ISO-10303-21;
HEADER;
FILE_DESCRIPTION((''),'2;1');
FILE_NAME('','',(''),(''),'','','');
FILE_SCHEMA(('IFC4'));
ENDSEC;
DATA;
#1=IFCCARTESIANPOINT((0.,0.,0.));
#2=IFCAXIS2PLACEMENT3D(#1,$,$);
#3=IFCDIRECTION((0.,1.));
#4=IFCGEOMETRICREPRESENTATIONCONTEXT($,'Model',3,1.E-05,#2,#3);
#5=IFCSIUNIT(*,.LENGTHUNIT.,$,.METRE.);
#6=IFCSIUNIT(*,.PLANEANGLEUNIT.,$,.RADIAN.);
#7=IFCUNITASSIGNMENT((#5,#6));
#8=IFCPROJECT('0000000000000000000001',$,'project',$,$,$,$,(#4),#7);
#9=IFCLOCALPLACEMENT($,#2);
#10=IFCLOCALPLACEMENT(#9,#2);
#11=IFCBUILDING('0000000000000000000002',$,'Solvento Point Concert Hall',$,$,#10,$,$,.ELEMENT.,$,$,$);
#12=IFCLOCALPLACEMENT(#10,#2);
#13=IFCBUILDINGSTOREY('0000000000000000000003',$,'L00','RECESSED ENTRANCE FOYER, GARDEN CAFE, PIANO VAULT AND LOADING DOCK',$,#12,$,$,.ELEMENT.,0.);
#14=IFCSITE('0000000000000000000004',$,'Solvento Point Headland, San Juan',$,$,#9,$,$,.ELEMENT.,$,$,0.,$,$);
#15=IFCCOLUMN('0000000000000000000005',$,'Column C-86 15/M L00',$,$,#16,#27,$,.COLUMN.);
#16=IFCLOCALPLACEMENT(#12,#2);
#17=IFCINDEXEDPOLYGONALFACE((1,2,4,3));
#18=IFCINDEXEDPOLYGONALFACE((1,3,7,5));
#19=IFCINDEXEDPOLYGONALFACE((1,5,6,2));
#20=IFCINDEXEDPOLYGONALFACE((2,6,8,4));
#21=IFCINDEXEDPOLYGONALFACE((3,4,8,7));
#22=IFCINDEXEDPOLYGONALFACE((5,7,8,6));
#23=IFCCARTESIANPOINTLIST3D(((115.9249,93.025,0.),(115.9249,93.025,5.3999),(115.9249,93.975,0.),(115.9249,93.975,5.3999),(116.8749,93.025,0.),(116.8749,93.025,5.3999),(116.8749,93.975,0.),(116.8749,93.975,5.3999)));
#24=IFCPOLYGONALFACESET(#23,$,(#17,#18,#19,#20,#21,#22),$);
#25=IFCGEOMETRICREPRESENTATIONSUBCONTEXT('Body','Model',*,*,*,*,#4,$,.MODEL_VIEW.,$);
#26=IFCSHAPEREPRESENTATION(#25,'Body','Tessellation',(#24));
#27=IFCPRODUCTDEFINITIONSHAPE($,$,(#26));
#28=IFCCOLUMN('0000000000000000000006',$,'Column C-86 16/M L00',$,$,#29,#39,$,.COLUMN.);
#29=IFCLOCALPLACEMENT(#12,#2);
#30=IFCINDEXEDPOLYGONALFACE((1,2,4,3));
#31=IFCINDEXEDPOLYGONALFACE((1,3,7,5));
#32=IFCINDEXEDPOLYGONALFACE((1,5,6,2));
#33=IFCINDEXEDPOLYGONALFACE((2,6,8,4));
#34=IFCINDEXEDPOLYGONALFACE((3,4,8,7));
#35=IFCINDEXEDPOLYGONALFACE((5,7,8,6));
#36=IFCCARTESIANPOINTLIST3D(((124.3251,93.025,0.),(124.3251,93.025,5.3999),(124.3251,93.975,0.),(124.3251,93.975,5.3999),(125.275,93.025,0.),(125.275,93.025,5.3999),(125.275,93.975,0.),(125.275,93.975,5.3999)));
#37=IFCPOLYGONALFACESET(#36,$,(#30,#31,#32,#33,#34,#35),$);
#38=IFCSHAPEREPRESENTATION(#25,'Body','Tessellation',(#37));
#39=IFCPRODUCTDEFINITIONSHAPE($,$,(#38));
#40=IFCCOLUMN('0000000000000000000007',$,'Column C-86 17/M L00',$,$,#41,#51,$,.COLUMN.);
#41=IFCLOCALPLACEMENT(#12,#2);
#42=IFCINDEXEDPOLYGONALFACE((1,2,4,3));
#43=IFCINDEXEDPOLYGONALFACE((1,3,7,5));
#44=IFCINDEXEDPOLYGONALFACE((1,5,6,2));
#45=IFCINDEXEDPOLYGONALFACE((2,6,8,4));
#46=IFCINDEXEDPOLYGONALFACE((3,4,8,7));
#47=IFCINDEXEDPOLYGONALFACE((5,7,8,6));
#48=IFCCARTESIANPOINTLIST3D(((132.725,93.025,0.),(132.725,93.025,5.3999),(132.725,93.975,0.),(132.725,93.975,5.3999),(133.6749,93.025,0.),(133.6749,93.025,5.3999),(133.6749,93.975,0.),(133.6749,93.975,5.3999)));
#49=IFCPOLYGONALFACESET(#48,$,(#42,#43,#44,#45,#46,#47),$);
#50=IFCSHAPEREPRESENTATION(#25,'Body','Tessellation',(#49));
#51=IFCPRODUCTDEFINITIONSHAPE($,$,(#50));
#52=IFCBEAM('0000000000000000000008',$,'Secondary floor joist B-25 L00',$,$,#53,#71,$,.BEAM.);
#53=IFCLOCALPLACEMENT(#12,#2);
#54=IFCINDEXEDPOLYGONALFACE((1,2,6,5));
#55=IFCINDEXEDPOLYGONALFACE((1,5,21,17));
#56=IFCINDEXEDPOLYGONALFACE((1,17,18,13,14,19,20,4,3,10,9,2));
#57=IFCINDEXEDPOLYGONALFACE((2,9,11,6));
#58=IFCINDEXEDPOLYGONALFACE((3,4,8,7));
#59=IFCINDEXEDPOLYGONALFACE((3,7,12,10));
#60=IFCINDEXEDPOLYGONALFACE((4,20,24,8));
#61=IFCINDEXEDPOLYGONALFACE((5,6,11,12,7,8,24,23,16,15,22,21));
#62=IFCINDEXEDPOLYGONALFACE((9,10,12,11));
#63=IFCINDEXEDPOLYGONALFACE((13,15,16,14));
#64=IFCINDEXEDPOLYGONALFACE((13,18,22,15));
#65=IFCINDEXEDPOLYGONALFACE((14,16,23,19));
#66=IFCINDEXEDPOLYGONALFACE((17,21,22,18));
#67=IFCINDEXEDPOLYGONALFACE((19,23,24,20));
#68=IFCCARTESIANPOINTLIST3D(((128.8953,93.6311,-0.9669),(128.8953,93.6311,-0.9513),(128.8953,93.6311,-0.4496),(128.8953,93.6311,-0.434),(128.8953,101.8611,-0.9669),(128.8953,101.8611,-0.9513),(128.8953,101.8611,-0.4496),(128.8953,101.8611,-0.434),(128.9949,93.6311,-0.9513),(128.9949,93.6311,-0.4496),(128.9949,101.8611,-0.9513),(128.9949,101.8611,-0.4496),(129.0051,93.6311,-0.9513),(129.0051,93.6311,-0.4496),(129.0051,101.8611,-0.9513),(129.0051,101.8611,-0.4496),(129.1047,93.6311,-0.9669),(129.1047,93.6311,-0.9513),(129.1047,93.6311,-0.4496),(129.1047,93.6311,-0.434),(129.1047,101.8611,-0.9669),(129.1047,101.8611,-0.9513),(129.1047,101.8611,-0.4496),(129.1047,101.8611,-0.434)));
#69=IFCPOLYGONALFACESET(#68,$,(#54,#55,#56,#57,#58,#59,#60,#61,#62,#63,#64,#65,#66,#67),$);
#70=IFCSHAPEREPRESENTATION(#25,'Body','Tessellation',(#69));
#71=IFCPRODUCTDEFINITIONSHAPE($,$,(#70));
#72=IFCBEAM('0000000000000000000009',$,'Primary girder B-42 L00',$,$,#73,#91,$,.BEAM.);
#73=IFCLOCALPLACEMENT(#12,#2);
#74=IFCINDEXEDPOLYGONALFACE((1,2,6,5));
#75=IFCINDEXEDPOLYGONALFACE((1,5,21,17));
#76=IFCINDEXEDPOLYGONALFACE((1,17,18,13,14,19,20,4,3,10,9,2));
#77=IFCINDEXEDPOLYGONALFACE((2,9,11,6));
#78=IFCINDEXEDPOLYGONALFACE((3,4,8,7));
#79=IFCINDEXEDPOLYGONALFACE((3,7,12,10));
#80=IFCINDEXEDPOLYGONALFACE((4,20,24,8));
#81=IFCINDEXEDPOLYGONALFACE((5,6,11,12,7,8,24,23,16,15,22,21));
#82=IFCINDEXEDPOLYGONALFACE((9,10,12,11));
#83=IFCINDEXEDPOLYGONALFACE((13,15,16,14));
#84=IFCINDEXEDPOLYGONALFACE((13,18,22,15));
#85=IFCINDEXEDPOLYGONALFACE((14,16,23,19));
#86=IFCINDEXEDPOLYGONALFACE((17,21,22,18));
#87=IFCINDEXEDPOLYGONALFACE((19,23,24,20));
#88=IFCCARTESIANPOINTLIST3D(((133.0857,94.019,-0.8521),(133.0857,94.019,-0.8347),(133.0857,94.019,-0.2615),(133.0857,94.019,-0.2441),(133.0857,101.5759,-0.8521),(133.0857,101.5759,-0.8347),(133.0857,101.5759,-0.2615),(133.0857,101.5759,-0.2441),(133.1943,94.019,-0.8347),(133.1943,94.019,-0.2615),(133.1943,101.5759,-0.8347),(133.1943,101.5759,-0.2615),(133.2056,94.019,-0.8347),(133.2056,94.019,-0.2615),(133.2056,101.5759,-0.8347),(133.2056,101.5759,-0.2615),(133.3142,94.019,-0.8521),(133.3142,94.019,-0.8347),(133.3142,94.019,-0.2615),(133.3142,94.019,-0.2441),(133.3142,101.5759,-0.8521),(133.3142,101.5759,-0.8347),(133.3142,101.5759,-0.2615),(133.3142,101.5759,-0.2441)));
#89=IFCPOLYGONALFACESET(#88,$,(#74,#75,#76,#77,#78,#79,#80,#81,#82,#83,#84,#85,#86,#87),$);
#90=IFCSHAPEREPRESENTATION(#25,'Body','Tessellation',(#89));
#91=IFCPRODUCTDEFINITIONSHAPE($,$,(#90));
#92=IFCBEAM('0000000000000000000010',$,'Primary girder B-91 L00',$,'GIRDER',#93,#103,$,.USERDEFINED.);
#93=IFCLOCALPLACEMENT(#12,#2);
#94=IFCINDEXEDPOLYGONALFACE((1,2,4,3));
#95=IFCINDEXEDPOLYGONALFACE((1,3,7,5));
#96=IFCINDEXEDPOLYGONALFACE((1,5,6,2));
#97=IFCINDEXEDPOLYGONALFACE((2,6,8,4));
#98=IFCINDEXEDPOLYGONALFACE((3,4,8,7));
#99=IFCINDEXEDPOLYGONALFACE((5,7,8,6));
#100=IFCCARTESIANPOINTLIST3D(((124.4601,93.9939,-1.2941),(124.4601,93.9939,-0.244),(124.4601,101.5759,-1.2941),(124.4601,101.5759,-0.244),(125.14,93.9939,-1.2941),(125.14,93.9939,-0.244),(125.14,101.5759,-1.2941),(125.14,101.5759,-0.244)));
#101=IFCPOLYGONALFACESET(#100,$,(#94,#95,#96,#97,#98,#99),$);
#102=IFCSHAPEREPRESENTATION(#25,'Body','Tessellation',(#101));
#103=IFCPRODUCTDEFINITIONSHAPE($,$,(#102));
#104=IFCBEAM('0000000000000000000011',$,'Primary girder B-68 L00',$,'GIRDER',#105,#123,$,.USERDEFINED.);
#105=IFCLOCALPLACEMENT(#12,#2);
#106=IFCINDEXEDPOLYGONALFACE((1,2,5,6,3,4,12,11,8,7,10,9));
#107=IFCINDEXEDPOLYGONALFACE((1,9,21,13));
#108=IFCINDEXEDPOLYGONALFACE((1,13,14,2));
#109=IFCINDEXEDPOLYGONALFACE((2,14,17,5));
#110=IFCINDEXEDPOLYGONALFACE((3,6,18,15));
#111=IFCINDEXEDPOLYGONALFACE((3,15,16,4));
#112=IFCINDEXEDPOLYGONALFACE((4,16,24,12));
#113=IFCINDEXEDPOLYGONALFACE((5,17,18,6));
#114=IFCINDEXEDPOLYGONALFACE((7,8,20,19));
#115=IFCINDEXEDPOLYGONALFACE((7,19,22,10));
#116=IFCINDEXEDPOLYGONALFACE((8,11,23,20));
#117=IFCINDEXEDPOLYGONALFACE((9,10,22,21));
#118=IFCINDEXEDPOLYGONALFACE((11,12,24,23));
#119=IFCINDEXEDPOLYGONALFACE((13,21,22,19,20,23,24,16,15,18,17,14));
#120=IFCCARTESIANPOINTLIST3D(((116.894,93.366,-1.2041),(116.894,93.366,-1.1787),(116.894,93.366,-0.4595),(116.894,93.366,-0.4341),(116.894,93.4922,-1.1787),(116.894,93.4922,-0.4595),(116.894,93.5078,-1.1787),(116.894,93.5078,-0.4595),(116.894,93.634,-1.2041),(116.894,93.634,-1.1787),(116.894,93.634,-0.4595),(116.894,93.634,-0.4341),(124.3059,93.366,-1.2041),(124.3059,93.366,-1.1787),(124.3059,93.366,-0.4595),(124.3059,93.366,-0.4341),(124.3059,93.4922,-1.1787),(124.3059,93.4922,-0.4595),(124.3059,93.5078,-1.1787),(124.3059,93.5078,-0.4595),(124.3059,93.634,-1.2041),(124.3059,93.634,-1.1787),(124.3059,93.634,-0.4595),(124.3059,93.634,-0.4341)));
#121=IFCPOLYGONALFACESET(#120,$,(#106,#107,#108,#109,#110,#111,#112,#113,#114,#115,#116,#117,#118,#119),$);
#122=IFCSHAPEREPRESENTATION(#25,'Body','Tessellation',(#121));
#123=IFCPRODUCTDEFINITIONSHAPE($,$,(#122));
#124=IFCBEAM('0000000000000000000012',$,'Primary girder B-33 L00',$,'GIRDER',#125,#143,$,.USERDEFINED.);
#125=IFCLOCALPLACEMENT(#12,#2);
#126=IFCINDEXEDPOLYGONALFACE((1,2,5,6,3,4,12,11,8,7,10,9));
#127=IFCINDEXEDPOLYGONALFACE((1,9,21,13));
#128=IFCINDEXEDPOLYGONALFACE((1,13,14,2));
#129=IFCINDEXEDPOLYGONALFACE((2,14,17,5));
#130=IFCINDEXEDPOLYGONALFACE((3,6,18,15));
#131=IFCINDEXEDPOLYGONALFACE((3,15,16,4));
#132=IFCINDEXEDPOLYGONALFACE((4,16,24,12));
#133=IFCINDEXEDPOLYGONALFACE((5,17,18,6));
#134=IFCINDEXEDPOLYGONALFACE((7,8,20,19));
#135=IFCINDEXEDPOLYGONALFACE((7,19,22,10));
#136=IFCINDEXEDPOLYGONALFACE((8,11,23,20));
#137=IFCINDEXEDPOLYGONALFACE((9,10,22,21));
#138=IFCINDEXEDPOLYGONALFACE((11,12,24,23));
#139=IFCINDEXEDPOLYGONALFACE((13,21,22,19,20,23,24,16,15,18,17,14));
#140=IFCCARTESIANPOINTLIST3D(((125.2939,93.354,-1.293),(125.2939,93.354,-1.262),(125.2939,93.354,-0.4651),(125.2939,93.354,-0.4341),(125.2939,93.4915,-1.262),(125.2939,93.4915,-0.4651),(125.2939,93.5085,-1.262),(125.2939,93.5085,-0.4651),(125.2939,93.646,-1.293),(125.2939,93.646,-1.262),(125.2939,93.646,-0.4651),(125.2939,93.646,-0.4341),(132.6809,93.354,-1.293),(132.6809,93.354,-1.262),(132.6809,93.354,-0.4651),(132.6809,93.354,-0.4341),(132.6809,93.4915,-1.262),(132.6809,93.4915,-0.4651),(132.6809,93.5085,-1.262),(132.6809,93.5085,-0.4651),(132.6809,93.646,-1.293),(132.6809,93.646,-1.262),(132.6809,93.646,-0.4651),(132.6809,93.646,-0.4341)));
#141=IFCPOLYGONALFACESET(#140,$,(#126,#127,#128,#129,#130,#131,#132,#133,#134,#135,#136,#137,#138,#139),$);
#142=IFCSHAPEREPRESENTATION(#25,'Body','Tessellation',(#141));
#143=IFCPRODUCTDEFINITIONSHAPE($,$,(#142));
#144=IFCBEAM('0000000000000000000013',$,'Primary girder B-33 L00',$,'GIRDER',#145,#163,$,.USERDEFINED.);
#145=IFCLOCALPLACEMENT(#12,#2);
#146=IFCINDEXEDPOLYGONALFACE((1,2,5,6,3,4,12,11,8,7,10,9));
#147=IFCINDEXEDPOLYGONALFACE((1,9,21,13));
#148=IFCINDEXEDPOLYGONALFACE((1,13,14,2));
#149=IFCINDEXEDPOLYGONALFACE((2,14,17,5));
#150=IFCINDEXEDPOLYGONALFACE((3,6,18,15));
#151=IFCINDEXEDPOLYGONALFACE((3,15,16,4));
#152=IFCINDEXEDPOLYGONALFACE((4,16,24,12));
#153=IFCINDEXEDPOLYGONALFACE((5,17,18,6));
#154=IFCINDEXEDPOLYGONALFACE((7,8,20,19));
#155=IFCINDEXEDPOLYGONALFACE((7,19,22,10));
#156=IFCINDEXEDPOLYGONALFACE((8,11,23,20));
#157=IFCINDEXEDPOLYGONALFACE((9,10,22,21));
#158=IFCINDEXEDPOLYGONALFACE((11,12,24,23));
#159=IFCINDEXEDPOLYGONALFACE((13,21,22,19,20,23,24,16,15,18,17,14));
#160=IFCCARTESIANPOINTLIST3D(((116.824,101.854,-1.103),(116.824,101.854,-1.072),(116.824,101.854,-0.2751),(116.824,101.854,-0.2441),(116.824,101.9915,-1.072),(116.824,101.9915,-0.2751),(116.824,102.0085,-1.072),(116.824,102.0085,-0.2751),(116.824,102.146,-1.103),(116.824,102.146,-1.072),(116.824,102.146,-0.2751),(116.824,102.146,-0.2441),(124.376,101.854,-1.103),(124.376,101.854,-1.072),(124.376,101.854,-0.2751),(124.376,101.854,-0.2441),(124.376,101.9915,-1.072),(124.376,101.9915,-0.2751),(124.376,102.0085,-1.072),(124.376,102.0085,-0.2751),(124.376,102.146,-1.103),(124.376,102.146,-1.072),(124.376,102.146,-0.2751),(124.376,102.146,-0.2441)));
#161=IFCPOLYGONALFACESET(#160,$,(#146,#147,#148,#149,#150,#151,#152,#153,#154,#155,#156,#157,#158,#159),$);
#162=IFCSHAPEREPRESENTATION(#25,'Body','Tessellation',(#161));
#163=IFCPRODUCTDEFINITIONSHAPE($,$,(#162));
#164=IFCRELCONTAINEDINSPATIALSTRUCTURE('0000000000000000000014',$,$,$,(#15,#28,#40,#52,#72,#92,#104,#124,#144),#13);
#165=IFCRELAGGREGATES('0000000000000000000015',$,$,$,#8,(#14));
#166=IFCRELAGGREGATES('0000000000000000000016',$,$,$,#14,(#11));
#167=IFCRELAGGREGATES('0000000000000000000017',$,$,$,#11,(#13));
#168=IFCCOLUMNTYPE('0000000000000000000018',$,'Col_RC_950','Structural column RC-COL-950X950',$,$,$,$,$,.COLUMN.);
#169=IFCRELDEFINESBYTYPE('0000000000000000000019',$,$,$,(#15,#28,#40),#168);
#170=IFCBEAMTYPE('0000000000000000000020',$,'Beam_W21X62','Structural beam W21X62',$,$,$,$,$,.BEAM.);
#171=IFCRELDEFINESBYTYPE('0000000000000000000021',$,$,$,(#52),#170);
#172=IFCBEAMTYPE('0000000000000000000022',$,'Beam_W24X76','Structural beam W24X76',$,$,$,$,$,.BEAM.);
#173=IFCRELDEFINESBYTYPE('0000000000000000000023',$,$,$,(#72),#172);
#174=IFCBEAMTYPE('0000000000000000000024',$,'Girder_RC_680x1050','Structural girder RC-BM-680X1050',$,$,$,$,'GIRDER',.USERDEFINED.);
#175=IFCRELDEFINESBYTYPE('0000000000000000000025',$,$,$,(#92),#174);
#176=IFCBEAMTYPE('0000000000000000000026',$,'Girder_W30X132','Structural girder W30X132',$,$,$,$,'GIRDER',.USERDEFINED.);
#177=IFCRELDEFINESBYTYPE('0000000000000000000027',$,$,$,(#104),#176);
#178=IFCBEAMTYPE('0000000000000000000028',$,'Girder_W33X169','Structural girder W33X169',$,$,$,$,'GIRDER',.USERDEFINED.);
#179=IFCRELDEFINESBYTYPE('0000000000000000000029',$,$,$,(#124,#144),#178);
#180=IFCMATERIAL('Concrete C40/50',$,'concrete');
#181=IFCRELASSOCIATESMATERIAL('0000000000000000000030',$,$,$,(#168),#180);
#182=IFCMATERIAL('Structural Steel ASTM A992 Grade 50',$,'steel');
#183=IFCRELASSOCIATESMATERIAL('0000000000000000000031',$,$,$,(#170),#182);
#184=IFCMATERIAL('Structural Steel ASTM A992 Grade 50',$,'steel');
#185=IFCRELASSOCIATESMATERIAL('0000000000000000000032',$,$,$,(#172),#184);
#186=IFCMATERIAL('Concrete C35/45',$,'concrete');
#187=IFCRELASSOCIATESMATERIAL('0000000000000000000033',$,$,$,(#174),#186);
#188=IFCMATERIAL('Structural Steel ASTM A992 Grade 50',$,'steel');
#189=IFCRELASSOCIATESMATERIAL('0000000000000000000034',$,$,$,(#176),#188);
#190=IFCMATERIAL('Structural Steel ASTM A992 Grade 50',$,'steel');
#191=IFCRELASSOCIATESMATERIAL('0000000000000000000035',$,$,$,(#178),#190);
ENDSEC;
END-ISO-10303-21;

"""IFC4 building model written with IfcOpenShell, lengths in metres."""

from ifc_helpers import new_model, si_unit, direction, frame, origin, origin_2d, place, context, subcontext, project, spatial, rectangle, i_section, extrude, material, material_profile, profile_set, type_object, element, save


model = new_model("IFC4")

# Units and contexts
model_context = context("Model", 3, precision=1e-05, world=origin(), true_north=direction((0.0, 1.0)))
body_context = subcontext(model_context, "Body", "Model", "MODEL_VIEW")
ifc_project = project(units=[si_unit("LENGTHUNIT", "METRE"), si_unit("PLANEANGLEUNIT", "RADIAN")], contexts=[model_context])

# Site, building, storey
site_placement = place(None, origin())
site = spatial("IfcSite", under=ifc_project, at=site_placement, Name="Solvento Point Headland, San Juan", CompositionType="ELEMENT", RefElevation=0.0)
building_placement = place(site_placement, origin())
building = spatial("IfcBuilding", under=site, at=building_placement, Name="Solvento Point Concert Hall", CompositionType="ELEMENT")
storey_placement = place(building_placement, origin())
storey = spatial("IfcBuildingStorey", under=building, at=storey_placement, Name="L00", Description="RECESSED ENTRANCE FOYER, GARDEN CAFE, PIANO VAULT AND LOADING DOCK", CompositionType="ELEMENT", Elevation=0.0)

# Columns
ifc_material_1 = material(Name="Concrete C40/50", Category="concrete")
ifc_material_profile_1 = material_profile(ifc_material_1, rectangle(XDim=0.95, YDim=0.95, at=origin_2d()), Name="RC-COL-950X950")
ifc_profile_set_1 = profile_set([ifc_material_profile_1], Name="Concrete C40/50")
column_type = type_object("IfcColumnType", Name="Col_RC_950", Description="Structural column RC-COL-950X950", PredefinedType="COLUMN", material=ifc_profile_set_1)
for number, where, z_axis, x_axis, name in (
    (1, (116.3999, 93.5, 0.0), (0.0, 0.0, 1.0), (1.0, 0.0, 0.0), "Column C-86 15/M L00"),
    (2, (124.8, 93.5, 0.0), (0.0, 0.0, 1.0), (1.0, 0.0, 0.0), "Column C-86 16/M L00"),
    (3, (133.2, 93.5, 0.0), (0.0, 0.0, 1.0), (1.0, 0.0, 0.0), "Column C-86 17/M L00"),
):
    element("IfcColumn", number, at=place(storey_placement, frame(where, z_axis=z_axis, x_axis=x_axis)), inside=storey, type_object=column_type, Name=name, PredefinedType="COLUMN", context=body_context, shape_type="SweptSolid", body=[
        extrude(rectangle(XDim=0.95, YDim=0.95, at=origin_2d()), origin(), (0.0, 0.0, 1.0), 5.3999),
    ])

# Beams
ifc_material_2 = material(Name="Structural Steel ASTM A992 Grade 50", Category="steel")
ifc_material_profile_2 = material_profile(ifc_material_2, i_section(OverallWidth=0.2095, OverallDepth=0.533, WebThickness=0.0103, FlangeThickness=0.0156, at=origin_2d()), Name="W21X62")
ifc_profile_set_2 = profile_set([ifc_material_profile_2], Name="Structural Steel ASTM A992 Grade 50")
beam_type_1 = type_object("IfcBeamType", Name="Beam_W21X62", Description="Structural beam W21X62", PredefinedType="BEAM", material=ifc_profile_set_2)
beam_1_placement = place(storey_placement, frame((129.0, 93.6311, -0.7004), z_axis=(0.0, 1.0, 0.0), x_axis=(-1.0, 0.0, 0.0)))
element("IfcBeam", 4, at=beam_1_placement, inside=storey, type_object=beam_type_1, Name="Secondary floor joist B-25 L00", PredefinedType="BEAM", context=body_context, shape_type="SweptSolid", body=[
    extrude(i_section(OverallWidth=0.2095, OverallDepth=0.533, WebThickness=0.0103, FlangeThickness=0.0156, at=origin_2d()), origin(), (0.0, 0.0, 1.0), 8.23),
])
ifc_material_3 = material(Name="Structural Steel ASTM A992 Grade 50", Category="steel")
ifc_material_profile_3 = material_profile(ifc_material_3, i_section(OverallWidth=0.2285, OverallDepth=0.6079, WebThickness=0.0112, FlangeThickness=0.0173, at=origin_2d()), Name="W24X76")
ifc_profile_set_3 = profile_set([ifc_material_profile_3], Name="Structural Steel ASTM A992 Grade 50")
beam_type_2 = type_object("IfcBeamType", Name="Beam_W24X76", Description="Structural beam W24X76", PredefinedType="BEAM", material=ifc_profile_set_3)
beam_2_placement = place(storey_placement, frame((133.2, 94.019, -0.5481), z_axis=(0.0, 1.0, 0.0), x_axis=(-1.0, 0.0, 0.0)))
element("IfcBeam", 5, at=beam_2_placement, inside=storey, type_object=beam_type_2, Name="Primary girder B-42 L00", PredefinedType="BEAM", context=body_context, shape_type="SweptSolid", body=[
    extrude(i_section(OverallWidth=0.2285, OverallDepth=0.6079, WebThickness=0.0112, FlangeThickness=0.0173, at=origin_2d()), origin(), (0.0, 0.0, 1.0), 7.5569),
])
ifc_material_4 = material(Name="Concrete C35/45", Category="concrete")
ifc_material_profile_4 = material_profile(ifc_material_4, rectangle(XDim=0.6799, YDim=1.05, at=origin_2d()), Name="RC-BM-680X1050")
ifc_profile_set_4 = profile_set([ifc_material_profile_4], Name="Concrete C35/45")
beam_type_3 = type_object("IfcBeamType", Name="Girder_RC_680x1050", Description="Structural girder RC-BM-680X1050", ElementType="GIRDER", PredefinedType="USERDEFINED", material=ifc_profile_set_4)
beam_3_placement = place(storey_placement, frame((124.8, 93.9939, -0.769), z_axis=(0.0, 1.0, 0.0), x_axis=(-1.0, 0.0, 0.0)))
element("IfcBeam", 6, at=beam_3_placement, inside=storey, type_object=beam_type_3, Name="Primary girder B-91 L00", ObjectType="GIRDER", PredefinedType="USERDEFINED", context=body_context, shape_type="SweptSolid", body=[
    extrude(rectangle(XDim=0.6799, YDim=1.05, at=origin_2d()), origin(), (0.0, 0.0, 1.0), 7.582),
])
ifc_material_5 = material(Name="Structural Steel ASTM A992 Grade 50", Category="steel")
ifc_material_profile_5 = material_profile(ifc_material_5, i_section(OverallWidth=0.2681, OverallDepth=0.77, WebThickness=0.0156, FlangeThickness=0.0254, at=origin_2d()), Name="W30X132")
ifc_profile_set_5 = profile_set([ifc_material_profile_5], Name="Structural Steel ASTM A992 Grade 50")
beam_type_4 = type_object("IfcBeamType", Name="Girder_W30X132", Description="Structural girder W30X132", ElementType="GIRDER", PredefinedType="USERDEFINED", material=ifc_profile_set_5)
beam_4_placement = place(storey_placement, frame((116.894, 93.5, -0.8191), z_axis=(1.0, 0.0, 0.0), x_axis=(0.0, 1.0, 0.0)))
element("IfcBeam", 7, at=beam_4_placement, inside=storey, type_object=beam_type_4, Name="Primary girder B-68 L00", ObjectType="GIRDER", PredefinedType="USERDEFINED", context=body_context, shape_type="SweptSolid", body=[
    extrude(i_section(OverallWidth=0.2681, OverallDepth=0.77, WebThickness=0.0156, FlangeThickness=0.0254, at=origin_2d()), origin(), (0.0, 0.0, 1.0), 7.4119),
])
ifc_material_6 = material(Name="Structural Steel ASTM A992 Grade 50", Category="steel")
ifc_material_profile_6 = material_profile(ifc_material_6, i_section(OverallWidth=0.292, OverallDepth=0.8589, WebThickness=0.0171, FlangeThickness=0.031, at=origin_2d()), Name="W33X169")
ifc_profile_set_6 = profile_set([ifc_material_profile_6], Name="Structural Steel ASTM A992 Grade 50")
beam_type_5 = type_object("IfcBeamType", Name="Girder_W33X169", Description="Structural girder W33X169", ElementType="GIRDER", PredefinedType="USERDEFINED", material=ifc_profile_set_6)
beam_5_placement = place(storey_placement, frame((125.2939, 93.5, -0.8635), z_axis=(1.0, 0.0, 0.0), x_axis=(0.0, 1.0, 0.0)))
element("IfcBeam", 8, at=beam_5_placement, inside=storey, type_object=beam_type_5, Name="Primary girder B-33 L00", ObjectType="GIRDER", PredefinedType="USERDEFINED", context=body_context, shape_type="SweptSolid", body=[
    extrude(i_section(OverallWidth=0.292, OverallDepth=0.8589, WebThickness=0.0171, FlangeThickness=0.031, at=origin_2d()), origin(), (0.0, 0.0, 1.0), 7.387),
])
beam_6_placement = place(storey_placement, frame((116.824, 102.0, -0.6736), z_axis=(1.0, 0.0, 0.0), x_axis=(0.0, 1.0, 0.0)))
element("IfcBeam", 9, at=beam_6_placement, inside=storey, type_object=beam_type_5, Name="Primary girder B-33 L00", ObjectType="GIRDER", PredefinedType="USERDEFINED", context=body_context, shape_type="SweptSolid", body=[
    extrude(i_section(OverallWidth=0.292, OverallDepth=0.8589, WebThickness=0.0171, FlangeThickness=0.031, at=origin_2d()), origin(), (0.0, 0.0, 1.0), 7.552),
])

save(model, "model.ifc")
